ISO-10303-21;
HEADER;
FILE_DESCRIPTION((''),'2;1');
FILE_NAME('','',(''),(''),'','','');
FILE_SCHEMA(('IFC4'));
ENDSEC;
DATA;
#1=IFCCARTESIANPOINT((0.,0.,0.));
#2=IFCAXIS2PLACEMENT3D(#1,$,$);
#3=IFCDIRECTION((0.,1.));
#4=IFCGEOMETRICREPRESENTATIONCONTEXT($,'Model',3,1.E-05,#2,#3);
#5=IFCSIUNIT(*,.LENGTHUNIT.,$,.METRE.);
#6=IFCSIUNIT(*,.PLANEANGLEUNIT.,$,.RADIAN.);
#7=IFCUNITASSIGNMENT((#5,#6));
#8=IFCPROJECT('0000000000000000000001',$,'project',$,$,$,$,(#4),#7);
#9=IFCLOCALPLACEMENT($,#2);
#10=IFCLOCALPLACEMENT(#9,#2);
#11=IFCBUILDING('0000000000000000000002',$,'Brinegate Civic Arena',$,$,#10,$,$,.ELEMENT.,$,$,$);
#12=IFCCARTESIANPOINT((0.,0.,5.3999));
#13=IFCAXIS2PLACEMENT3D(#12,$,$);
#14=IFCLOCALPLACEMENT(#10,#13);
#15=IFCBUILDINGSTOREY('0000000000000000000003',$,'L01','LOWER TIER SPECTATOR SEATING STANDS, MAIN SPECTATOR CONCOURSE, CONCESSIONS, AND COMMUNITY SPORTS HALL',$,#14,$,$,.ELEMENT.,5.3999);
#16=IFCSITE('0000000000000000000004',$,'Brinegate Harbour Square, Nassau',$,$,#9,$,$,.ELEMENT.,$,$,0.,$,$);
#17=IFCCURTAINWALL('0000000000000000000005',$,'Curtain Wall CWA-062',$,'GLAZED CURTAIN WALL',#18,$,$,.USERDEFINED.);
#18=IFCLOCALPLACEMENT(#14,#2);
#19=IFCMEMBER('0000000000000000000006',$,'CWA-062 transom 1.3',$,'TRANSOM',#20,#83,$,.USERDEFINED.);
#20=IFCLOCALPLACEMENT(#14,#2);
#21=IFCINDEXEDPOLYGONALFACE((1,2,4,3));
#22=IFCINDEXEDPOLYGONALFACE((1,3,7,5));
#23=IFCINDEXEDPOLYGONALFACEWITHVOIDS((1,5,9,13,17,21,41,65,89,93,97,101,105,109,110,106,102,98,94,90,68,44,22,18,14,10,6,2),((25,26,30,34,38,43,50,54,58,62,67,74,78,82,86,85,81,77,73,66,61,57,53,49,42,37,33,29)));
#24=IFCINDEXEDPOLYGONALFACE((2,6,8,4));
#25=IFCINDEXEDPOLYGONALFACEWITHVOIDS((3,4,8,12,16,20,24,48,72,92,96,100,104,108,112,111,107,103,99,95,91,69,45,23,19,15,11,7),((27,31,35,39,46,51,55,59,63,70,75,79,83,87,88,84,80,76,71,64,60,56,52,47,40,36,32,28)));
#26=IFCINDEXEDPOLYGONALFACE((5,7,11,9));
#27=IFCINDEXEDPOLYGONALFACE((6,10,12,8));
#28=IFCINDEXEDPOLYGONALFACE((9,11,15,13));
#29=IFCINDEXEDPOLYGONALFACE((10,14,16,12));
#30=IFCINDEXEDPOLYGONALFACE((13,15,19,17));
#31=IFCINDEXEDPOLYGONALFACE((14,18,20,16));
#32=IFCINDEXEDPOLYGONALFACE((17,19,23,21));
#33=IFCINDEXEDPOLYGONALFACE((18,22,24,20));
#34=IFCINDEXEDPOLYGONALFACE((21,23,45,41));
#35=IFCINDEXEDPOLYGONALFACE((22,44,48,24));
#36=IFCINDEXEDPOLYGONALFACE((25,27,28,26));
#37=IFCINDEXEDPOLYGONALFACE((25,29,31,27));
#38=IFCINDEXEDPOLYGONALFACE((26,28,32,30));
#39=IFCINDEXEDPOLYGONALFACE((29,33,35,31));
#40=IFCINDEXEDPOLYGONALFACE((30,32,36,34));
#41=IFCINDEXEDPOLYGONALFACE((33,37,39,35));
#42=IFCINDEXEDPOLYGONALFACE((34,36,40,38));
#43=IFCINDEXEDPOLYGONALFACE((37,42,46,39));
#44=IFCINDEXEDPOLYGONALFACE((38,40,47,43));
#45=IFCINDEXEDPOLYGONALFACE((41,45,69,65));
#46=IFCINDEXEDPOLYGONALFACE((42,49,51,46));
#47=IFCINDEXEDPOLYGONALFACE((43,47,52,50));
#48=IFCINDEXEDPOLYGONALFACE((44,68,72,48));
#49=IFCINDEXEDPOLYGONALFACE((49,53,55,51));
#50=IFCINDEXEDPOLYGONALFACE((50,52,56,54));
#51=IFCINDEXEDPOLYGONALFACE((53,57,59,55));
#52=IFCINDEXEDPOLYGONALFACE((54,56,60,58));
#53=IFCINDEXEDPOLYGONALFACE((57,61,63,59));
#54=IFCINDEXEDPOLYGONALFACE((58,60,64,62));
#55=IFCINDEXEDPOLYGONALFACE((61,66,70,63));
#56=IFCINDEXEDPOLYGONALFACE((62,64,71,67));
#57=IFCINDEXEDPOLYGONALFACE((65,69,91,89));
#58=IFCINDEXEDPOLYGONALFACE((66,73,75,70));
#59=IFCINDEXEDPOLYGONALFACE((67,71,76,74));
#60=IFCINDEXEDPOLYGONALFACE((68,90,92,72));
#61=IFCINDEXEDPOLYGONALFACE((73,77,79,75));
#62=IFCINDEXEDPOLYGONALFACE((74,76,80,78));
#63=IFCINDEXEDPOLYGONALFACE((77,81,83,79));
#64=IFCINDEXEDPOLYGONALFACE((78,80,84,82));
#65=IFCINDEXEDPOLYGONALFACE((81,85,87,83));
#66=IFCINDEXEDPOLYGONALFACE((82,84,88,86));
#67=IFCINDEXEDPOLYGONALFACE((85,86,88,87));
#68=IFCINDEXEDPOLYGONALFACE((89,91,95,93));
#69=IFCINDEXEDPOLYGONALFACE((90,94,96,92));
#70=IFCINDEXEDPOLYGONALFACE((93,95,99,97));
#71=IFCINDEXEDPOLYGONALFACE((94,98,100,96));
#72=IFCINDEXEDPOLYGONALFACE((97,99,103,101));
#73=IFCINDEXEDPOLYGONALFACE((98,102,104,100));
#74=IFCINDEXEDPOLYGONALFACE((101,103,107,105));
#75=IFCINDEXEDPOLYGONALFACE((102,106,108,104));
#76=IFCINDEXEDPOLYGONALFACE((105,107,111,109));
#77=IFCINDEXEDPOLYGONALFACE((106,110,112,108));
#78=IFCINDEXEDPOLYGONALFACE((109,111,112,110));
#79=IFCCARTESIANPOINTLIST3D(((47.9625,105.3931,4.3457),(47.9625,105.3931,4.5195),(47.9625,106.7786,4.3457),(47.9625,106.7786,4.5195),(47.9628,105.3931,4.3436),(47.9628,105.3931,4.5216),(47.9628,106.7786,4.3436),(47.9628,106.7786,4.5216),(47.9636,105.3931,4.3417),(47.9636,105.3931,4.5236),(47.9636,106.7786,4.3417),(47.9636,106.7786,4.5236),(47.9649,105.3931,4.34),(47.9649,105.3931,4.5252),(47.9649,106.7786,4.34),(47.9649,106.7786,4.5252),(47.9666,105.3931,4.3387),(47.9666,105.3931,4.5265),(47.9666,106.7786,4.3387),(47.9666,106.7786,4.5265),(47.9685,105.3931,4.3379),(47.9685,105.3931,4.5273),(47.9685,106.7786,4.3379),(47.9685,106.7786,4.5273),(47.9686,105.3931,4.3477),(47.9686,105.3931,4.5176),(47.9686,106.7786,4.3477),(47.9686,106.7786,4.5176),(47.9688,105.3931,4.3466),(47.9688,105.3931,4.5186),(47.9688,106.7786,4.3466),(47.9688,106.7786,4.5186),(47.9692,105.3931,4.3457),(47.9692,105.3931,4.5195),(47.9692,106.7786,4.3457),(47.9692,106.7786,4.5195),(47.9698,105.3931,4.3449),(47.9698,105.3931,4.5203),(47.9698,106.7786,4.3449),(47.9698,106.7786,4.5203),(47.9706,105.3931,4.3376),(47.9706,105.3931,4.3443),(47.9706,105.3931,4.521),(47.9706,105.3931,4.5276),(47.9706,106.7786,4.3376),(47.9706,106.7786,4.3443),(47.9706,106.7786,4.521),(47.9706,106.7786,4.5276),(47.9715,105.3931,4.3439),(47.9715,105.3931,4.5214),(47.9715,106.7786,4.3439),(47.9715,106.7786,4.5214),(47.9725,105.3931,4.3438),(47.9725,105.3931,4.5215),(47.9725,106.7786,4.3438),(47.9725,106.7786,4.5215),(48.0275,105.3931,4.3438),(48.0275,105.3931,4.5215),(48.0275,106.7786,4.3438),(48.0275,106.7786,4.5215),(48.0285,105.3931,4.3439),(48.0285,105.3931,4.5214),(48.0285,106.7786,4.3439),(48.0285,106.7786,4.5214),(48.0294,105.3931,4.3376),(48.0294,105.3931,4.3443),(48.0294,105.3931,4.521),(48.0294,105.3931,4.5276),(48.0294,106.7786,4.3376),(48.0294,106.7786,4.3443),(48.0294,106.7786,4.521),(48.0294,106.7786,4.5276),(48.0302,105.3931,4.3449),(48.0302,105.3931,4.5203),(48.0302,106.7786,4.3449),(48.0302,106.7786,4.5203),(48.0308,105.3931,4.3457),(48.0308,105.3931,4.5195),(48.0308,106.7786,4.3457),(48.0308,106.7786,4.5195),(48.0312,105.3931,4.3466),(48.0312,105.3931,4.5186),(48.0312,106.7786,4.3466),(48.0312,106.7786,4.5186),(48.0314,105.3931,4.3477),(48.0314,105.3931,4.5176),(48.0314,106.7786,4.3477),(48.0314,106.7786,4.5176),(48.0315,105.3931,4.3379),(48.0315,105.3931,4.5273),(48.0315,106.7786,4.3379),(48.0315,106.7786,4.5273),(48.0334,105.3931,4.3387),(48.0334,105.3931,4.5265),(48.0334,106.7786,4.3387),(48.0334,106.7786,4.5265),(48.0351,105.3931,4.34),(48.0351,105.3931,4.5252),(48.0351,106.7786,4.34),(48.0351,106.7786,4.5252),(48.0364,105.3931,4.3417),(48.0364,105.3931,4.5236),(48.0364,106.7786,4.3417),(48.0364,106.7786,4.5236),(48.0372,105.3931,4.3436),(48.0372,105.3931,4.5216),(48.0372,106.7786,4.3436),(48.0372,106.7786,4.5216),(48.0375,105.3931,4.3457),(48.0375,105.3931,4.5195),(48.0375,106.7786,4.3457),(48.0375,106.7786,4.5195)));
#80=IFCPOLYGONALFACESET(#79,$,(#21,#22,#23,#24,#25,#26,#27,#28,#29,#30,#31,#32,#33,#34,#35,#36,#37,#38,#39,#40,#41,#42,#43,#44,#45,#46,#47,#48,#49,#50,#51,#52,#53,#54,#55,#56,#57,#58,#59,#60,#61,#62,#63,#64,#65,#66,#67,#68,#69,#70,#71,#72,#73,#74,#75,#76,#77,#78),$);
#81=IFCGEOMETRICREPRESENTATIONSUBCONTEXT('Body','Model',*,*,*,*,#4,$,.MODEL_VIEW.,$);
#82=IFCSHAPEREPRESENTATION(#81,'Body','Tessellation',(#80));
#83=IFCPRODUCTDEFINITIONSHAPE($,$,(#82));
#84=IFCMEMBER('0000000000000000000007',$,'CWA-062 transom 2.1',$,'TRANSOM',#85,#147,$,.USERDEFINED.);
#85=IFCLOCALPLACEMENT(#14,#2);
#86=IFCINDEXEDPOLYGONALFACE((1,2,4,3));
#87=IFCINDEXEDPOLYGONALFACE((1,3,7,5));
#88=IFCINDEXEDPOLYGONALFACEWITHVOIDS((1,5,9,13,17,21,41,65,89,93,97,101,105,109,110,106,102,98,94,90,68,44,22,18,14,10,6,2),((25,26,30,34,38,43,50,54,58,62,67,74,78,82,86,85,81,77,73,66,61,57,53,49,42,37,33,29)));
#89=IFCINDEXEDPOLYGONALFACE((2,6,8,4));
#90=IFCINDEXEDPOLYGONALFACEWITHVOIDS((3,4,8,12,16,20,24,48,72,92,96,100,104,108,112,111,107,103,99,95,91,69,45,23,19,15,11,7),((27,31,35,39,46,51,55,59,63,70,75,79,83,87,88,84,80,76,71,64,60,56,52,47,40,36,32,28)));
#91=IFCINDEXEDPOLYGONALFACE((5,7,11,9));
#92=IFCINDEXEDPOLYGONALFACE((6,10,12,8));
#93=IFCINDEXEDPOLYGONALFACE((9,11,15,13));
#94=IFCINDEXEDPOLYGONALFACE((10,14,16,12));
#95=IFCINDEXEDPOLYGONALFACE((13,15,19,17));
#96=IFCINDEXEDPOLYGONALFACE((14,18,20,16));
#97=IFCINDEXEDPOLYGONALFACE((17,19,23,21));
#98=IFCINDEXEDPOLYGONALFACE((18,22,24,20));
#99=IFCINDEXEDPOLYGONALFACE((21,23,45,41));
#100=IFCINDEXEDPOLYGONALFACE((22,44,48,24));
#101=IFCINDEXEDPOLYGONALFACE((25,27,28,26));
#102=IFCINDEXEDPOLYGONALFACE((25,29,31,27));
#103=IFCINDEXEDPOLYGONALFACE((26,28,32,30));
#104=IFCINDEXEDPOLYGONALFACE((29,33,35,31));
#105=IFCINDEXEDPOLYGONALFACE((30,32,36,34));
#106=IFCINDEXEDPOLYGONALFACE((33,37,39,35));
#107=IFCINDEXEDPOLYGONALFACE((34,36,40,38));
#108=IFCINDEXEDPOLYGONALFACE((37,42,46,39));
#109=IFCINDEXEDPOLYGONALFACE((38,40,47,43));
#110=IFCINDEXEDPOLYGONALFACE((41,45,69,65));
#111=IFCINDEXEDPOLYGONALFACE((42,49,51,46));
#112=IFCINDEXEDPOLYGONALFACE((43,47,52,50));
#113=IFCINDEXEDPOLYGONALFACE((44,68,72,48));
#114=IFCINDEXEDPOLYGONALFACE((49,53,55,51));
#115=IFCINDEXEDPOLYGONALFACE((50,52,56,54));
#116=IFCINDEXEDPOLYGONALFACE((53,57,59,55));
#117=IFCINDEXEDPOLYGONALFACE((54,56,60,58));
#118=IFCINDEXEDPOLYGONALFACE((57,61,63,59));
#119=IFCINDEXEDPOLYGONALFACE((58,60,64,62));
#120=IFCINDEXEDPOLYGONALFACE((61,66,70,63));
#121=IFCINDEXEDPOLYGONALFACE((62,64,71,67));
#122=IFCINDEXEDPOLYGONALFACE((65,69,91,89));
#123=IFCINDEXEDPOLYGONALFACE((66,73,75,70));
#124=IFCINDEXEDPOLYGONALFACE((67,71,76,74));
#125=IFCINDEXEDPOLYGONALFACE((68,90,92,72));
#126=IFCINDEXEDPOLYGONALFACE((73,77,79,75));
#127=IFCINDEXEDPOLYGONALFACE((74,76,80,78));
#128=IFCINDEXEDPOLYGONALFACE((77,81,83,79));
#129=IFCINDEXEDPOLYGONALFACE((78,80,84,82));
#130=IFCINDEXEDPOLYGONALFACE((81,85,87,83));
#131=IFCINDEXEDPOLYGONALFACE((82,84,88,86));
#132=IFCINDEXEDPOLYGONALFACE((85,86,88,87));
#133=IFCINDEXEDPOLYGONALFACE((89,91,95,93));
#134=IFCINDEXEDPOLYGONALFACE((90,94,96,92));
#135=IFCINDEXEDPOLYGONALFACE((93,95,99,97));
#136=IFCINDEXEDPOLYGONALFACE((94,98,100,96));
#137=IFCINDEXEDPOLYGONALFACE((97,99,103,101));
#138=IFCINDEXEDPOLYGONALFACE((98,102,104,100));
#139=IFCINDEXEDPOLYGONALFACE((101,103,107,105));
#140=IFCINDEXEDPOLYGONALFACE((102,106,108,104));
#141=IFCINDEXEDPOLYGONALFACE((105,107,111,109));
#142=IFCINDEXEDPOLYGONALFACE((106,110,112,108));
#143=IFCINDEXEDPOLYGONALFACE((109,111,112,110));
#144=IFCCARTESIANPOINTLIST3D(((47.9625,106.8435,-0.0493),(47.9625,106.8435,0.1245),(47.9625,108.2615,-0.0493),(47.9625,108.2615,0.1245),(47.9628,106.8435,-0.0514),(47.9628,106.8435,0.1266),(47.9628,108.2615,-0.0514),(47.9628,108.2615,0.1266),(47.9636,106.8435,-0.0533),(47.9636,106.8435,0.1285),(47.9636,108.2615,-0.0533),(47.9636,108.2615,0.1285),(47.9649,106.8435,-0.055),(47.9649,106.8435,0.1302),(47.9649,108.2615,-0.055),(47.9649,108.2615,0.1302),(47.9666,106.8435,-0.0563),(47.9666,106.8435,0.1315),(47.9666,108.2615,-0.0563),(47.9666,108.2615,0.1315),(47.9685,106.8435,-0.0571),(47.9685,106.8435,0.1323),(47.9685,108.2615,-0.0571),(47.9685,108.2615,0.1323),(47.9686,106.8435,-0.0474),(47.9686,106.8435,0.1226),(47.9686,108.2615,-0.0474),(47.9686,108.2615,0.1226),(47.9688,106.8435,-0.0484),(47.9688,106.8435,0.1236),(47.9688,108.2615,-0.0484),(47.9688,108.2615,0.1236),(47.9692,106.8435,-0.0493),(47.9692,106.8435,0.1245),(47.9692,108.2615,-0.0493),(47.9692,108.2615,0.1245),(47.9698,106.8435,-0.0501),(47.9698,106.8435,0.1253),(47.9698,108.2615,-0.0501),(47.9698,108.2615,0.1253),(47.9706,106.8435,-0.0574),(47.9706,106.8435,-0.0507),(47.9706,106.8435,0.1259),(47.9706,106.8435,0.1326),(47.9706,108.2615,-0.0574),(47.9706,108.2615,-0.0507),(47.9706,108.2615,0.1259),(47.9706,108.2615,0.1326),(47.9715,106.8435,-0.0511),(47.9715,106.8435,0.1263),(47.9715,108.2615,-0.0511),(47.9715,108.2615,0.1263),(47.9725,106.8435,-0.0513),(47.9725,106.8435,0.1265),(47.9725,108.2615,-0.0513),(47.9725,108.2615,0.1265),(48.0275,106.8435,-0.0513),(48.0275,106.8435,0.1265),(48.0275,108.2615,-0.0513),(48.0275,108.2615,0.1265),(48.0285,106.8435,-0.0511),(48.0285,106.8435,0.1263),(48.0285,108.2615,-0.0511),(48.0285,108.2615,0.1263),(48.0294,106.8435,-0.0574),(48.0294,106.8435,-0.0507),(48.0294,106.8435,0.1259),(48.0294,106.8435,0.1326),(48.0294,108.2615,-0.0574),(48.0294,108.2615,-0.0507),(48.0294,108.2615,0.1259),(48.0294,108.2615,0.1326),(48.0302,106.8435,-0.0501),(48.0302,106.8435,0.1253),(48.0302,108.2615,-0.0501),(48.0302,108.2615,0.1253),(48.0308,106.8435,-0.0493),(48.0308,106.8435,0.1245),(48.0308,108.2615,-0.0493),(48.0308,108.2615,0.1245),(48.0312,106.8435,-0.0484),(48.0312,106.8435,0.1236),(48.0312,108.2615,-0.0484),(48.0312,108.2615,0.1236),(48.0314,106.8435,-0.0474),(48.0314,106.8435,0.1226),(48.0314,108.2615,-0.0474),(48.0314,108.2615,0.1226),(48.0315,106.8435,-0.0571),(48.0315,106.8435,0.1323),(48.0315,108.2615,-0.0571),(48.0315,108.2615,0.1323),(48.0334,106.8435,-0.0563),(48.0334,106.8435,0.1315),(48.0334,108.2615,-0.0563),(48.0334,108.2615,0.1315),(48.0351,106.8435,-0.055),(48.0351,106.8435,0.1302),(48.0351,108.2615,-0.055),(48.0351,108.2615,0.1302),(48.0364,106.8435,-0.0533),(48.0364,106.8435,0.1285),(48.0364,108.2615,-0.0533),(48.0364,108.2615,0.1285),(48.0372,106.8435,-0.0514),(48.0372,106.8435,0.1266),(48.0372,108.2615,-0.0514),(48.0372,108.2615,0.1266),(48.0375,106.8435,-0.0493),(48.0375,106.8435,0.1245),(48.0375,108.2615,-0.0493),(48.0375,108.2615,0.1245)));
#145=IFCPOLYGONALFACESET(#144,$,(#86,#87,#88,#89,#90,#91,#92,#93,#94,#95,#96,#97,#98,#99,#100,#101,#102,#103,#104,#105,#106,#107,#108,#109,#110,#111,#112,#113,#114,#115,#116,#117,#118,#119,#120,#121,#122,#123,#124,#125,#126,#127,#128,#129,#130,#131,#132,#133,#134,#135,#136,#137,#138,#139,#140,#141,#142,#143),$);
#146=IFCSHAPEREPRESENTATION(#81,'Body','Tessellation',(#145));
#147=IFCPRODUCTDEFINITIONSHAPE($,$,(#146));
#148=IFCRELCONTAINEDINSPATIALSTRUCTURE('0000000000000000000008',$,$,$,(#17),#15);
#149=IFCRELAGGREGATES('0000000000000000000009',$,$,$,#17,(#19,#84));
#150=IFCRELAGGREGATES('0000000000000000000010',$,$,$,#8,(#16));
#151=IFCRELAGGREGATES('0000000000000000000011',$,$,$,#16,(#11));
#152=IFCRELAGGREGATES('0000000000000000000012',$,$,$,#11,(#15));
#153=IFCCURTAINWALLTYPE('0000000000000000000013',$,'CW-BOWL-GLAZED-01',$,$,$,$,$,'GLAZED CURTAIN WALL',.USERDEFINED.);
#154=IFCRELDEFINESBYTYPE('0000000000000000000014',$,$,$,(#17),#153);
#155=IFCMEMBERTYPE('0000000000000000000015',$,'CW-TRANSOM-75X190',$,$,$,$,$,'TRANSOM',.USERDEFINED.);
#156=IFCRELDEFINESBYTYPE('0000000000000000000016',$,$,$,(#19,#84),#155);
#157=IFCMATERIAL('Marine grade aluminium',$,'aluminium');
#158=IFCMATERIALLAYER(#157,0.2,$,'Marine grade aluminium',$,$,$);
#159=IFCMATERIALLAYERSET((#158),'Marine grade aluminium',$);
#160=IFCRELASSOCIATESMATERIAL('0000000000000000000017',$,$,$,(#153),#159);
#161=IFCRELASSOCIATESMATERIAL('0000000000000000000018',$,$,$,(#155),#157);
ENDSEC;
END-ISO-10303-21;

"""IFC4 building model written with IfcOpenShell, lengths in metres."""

from ifc_helpers import new_model, si_unit, direction, frame, origin, origin_2d, place, context, subcontext, project, spatial, hollow_rectangle, extrude, material, layer, layer_set, material_profile, profile_set, type_object, element, aggregate, save


model = new_model("IFC4")

# Units and contexts
model_context = context("Model", 3, precision=1e-05, world=origin(), true_north=direction((0.0, 1.0)))
body_context = subcontext(model_context, "Body", "Model", "MODEL_VIEW")
ifc_project = project(units=[si_unit("LENGTHUNIT", "METRE"), si_unit("PLANEANGLEUNIT", "RADIAN")], contexts=[model_context])

# Site, building, storey
site_placement = place(None, origin())
site = spatial("IfcSite", under=ifc_project, at=site_placement, Name="Brinegate Harbour Square, Nassau", CompositionType="ELEMENT", RefElevation=0.0)
building_placement = place(site_placement, origin())
building = spatial("IfcBuilding", under=site, at=building_placement, Name="Brinegate Civic Arena", CompositionType="ELEMENT")
storey_placement = place(building_placement, frame((0.0, 0.0, 5.3999)))
storey = spatial("IfcBuildingStorey", under=building, at=storey_placement, Name="L01", Description="LOWER TIER SPECTATOR SEATING STANDS, MAIN SPECTATOR CONCOURSE, CONCESSIONS, AND COMMUNITY SPORTS HALL", CompositionType="ELEMENT", Elevation=5.3999)

# Curtain wall
ifc_material_1 = material(Name="Marine grade aluminium", Category="aluminium")
ifc_layer_1 = layer(ifc_material_1, 0.2, Name="Marine grade aluminium")
ifc_layer_set_1 = layer_set([ifc_layer_1], Name="Marine grade aluminium")
curtain_wall_type = type_object("IfcCurtainWallType", Name="CW-BOWL-GLAZED-01", ElementType="GLAZED CURTAIN WALL", PredefinedType="USERDEFINED", material=ifc_layer_set_1)
curtain_wall_1_placement = place(storey_placement, origin())
curtain_wall_1 = element("IfcCurtainWall", 1, at=curtain_wall_1_placement, inside=storey, type_object=curtain_wall_type, Name="Curtain Wall CWA-062", ObjectType="GLAZED CURTAIN WALL", PredefinedType="USERDEFINED")

# Members
ifc_material_profile_1 = material_profile(ifc_material_1, hollow_rectangle(XDim=0.075, YDim=0.1899, WallThickness=0.0061, InnerFilletRadius=0.0039, OuterFilletRadius=0.0081, at=origin_2d()), Name="TRN75X190")
ifc_profile_set_1 = profile_set([ifc_material_profile_1], Name="Marine grade aluminium")
member_type_1 = type_object("IfcMemberType", Name="CW-TRANSOM-75X190", ElementType="TRANSOM", PredefinedType="USERDEFINED", material=ifc_profile_set_1)
member_1_placement = place(storey_placement, frame((48.0, 105.3931, 4.4326), z_axis=(0.0, 1.0, 0.0), x_axis=(-1.0, 0.0, 0.0)))
member_1 = element("IfcMember", 2, at=member_1_placement, type_object=member_type_1, Name="CWA-062 transom 1.3", ObjectType="TRANSOM", PredefinedType="USERDEFINED", context=body_context, shape_type="SweptSolid", body=[
    extrude(hollow_rectangle(XDim=0.075, YDim=0.1899, WallThickness=0.0061, InnerFilletRadius=0.0039, OuterFilletRadius=0.0081, at=origin_2d()), origin(), (0.0, 0.0, 1.0), 1.3855),
])
member_2_placement = place(storey_placement, frame((48.0, 106.8435, 0.0376), z_axis=(0.0, 1.0, 0.0), x_axis=(-1.0, 0.0, 0.0)))
member_2 = element("IfcMember", 3, at=member_2_placement, type_object=member_type_1, Name="CWA-062 transom 2.1", ObjectType="TRANSOM", PredefinedType="USERDEFINED", context=body_context, shape_type="SweptSolid", body=[
    extrude(hollow_rectangle(XDim=0.075, YDim=0.1899, WallThickness=0.0061, InnerFilletRadius=0.0039, OuterFilletRadius=0.0081, at=origin_2d()), origin(), (0.0, 0.0, 1.0), 1.418),
])

aggregate(curtain_wall_1, [member_1, member_2])

save(model, "model.ifc")
